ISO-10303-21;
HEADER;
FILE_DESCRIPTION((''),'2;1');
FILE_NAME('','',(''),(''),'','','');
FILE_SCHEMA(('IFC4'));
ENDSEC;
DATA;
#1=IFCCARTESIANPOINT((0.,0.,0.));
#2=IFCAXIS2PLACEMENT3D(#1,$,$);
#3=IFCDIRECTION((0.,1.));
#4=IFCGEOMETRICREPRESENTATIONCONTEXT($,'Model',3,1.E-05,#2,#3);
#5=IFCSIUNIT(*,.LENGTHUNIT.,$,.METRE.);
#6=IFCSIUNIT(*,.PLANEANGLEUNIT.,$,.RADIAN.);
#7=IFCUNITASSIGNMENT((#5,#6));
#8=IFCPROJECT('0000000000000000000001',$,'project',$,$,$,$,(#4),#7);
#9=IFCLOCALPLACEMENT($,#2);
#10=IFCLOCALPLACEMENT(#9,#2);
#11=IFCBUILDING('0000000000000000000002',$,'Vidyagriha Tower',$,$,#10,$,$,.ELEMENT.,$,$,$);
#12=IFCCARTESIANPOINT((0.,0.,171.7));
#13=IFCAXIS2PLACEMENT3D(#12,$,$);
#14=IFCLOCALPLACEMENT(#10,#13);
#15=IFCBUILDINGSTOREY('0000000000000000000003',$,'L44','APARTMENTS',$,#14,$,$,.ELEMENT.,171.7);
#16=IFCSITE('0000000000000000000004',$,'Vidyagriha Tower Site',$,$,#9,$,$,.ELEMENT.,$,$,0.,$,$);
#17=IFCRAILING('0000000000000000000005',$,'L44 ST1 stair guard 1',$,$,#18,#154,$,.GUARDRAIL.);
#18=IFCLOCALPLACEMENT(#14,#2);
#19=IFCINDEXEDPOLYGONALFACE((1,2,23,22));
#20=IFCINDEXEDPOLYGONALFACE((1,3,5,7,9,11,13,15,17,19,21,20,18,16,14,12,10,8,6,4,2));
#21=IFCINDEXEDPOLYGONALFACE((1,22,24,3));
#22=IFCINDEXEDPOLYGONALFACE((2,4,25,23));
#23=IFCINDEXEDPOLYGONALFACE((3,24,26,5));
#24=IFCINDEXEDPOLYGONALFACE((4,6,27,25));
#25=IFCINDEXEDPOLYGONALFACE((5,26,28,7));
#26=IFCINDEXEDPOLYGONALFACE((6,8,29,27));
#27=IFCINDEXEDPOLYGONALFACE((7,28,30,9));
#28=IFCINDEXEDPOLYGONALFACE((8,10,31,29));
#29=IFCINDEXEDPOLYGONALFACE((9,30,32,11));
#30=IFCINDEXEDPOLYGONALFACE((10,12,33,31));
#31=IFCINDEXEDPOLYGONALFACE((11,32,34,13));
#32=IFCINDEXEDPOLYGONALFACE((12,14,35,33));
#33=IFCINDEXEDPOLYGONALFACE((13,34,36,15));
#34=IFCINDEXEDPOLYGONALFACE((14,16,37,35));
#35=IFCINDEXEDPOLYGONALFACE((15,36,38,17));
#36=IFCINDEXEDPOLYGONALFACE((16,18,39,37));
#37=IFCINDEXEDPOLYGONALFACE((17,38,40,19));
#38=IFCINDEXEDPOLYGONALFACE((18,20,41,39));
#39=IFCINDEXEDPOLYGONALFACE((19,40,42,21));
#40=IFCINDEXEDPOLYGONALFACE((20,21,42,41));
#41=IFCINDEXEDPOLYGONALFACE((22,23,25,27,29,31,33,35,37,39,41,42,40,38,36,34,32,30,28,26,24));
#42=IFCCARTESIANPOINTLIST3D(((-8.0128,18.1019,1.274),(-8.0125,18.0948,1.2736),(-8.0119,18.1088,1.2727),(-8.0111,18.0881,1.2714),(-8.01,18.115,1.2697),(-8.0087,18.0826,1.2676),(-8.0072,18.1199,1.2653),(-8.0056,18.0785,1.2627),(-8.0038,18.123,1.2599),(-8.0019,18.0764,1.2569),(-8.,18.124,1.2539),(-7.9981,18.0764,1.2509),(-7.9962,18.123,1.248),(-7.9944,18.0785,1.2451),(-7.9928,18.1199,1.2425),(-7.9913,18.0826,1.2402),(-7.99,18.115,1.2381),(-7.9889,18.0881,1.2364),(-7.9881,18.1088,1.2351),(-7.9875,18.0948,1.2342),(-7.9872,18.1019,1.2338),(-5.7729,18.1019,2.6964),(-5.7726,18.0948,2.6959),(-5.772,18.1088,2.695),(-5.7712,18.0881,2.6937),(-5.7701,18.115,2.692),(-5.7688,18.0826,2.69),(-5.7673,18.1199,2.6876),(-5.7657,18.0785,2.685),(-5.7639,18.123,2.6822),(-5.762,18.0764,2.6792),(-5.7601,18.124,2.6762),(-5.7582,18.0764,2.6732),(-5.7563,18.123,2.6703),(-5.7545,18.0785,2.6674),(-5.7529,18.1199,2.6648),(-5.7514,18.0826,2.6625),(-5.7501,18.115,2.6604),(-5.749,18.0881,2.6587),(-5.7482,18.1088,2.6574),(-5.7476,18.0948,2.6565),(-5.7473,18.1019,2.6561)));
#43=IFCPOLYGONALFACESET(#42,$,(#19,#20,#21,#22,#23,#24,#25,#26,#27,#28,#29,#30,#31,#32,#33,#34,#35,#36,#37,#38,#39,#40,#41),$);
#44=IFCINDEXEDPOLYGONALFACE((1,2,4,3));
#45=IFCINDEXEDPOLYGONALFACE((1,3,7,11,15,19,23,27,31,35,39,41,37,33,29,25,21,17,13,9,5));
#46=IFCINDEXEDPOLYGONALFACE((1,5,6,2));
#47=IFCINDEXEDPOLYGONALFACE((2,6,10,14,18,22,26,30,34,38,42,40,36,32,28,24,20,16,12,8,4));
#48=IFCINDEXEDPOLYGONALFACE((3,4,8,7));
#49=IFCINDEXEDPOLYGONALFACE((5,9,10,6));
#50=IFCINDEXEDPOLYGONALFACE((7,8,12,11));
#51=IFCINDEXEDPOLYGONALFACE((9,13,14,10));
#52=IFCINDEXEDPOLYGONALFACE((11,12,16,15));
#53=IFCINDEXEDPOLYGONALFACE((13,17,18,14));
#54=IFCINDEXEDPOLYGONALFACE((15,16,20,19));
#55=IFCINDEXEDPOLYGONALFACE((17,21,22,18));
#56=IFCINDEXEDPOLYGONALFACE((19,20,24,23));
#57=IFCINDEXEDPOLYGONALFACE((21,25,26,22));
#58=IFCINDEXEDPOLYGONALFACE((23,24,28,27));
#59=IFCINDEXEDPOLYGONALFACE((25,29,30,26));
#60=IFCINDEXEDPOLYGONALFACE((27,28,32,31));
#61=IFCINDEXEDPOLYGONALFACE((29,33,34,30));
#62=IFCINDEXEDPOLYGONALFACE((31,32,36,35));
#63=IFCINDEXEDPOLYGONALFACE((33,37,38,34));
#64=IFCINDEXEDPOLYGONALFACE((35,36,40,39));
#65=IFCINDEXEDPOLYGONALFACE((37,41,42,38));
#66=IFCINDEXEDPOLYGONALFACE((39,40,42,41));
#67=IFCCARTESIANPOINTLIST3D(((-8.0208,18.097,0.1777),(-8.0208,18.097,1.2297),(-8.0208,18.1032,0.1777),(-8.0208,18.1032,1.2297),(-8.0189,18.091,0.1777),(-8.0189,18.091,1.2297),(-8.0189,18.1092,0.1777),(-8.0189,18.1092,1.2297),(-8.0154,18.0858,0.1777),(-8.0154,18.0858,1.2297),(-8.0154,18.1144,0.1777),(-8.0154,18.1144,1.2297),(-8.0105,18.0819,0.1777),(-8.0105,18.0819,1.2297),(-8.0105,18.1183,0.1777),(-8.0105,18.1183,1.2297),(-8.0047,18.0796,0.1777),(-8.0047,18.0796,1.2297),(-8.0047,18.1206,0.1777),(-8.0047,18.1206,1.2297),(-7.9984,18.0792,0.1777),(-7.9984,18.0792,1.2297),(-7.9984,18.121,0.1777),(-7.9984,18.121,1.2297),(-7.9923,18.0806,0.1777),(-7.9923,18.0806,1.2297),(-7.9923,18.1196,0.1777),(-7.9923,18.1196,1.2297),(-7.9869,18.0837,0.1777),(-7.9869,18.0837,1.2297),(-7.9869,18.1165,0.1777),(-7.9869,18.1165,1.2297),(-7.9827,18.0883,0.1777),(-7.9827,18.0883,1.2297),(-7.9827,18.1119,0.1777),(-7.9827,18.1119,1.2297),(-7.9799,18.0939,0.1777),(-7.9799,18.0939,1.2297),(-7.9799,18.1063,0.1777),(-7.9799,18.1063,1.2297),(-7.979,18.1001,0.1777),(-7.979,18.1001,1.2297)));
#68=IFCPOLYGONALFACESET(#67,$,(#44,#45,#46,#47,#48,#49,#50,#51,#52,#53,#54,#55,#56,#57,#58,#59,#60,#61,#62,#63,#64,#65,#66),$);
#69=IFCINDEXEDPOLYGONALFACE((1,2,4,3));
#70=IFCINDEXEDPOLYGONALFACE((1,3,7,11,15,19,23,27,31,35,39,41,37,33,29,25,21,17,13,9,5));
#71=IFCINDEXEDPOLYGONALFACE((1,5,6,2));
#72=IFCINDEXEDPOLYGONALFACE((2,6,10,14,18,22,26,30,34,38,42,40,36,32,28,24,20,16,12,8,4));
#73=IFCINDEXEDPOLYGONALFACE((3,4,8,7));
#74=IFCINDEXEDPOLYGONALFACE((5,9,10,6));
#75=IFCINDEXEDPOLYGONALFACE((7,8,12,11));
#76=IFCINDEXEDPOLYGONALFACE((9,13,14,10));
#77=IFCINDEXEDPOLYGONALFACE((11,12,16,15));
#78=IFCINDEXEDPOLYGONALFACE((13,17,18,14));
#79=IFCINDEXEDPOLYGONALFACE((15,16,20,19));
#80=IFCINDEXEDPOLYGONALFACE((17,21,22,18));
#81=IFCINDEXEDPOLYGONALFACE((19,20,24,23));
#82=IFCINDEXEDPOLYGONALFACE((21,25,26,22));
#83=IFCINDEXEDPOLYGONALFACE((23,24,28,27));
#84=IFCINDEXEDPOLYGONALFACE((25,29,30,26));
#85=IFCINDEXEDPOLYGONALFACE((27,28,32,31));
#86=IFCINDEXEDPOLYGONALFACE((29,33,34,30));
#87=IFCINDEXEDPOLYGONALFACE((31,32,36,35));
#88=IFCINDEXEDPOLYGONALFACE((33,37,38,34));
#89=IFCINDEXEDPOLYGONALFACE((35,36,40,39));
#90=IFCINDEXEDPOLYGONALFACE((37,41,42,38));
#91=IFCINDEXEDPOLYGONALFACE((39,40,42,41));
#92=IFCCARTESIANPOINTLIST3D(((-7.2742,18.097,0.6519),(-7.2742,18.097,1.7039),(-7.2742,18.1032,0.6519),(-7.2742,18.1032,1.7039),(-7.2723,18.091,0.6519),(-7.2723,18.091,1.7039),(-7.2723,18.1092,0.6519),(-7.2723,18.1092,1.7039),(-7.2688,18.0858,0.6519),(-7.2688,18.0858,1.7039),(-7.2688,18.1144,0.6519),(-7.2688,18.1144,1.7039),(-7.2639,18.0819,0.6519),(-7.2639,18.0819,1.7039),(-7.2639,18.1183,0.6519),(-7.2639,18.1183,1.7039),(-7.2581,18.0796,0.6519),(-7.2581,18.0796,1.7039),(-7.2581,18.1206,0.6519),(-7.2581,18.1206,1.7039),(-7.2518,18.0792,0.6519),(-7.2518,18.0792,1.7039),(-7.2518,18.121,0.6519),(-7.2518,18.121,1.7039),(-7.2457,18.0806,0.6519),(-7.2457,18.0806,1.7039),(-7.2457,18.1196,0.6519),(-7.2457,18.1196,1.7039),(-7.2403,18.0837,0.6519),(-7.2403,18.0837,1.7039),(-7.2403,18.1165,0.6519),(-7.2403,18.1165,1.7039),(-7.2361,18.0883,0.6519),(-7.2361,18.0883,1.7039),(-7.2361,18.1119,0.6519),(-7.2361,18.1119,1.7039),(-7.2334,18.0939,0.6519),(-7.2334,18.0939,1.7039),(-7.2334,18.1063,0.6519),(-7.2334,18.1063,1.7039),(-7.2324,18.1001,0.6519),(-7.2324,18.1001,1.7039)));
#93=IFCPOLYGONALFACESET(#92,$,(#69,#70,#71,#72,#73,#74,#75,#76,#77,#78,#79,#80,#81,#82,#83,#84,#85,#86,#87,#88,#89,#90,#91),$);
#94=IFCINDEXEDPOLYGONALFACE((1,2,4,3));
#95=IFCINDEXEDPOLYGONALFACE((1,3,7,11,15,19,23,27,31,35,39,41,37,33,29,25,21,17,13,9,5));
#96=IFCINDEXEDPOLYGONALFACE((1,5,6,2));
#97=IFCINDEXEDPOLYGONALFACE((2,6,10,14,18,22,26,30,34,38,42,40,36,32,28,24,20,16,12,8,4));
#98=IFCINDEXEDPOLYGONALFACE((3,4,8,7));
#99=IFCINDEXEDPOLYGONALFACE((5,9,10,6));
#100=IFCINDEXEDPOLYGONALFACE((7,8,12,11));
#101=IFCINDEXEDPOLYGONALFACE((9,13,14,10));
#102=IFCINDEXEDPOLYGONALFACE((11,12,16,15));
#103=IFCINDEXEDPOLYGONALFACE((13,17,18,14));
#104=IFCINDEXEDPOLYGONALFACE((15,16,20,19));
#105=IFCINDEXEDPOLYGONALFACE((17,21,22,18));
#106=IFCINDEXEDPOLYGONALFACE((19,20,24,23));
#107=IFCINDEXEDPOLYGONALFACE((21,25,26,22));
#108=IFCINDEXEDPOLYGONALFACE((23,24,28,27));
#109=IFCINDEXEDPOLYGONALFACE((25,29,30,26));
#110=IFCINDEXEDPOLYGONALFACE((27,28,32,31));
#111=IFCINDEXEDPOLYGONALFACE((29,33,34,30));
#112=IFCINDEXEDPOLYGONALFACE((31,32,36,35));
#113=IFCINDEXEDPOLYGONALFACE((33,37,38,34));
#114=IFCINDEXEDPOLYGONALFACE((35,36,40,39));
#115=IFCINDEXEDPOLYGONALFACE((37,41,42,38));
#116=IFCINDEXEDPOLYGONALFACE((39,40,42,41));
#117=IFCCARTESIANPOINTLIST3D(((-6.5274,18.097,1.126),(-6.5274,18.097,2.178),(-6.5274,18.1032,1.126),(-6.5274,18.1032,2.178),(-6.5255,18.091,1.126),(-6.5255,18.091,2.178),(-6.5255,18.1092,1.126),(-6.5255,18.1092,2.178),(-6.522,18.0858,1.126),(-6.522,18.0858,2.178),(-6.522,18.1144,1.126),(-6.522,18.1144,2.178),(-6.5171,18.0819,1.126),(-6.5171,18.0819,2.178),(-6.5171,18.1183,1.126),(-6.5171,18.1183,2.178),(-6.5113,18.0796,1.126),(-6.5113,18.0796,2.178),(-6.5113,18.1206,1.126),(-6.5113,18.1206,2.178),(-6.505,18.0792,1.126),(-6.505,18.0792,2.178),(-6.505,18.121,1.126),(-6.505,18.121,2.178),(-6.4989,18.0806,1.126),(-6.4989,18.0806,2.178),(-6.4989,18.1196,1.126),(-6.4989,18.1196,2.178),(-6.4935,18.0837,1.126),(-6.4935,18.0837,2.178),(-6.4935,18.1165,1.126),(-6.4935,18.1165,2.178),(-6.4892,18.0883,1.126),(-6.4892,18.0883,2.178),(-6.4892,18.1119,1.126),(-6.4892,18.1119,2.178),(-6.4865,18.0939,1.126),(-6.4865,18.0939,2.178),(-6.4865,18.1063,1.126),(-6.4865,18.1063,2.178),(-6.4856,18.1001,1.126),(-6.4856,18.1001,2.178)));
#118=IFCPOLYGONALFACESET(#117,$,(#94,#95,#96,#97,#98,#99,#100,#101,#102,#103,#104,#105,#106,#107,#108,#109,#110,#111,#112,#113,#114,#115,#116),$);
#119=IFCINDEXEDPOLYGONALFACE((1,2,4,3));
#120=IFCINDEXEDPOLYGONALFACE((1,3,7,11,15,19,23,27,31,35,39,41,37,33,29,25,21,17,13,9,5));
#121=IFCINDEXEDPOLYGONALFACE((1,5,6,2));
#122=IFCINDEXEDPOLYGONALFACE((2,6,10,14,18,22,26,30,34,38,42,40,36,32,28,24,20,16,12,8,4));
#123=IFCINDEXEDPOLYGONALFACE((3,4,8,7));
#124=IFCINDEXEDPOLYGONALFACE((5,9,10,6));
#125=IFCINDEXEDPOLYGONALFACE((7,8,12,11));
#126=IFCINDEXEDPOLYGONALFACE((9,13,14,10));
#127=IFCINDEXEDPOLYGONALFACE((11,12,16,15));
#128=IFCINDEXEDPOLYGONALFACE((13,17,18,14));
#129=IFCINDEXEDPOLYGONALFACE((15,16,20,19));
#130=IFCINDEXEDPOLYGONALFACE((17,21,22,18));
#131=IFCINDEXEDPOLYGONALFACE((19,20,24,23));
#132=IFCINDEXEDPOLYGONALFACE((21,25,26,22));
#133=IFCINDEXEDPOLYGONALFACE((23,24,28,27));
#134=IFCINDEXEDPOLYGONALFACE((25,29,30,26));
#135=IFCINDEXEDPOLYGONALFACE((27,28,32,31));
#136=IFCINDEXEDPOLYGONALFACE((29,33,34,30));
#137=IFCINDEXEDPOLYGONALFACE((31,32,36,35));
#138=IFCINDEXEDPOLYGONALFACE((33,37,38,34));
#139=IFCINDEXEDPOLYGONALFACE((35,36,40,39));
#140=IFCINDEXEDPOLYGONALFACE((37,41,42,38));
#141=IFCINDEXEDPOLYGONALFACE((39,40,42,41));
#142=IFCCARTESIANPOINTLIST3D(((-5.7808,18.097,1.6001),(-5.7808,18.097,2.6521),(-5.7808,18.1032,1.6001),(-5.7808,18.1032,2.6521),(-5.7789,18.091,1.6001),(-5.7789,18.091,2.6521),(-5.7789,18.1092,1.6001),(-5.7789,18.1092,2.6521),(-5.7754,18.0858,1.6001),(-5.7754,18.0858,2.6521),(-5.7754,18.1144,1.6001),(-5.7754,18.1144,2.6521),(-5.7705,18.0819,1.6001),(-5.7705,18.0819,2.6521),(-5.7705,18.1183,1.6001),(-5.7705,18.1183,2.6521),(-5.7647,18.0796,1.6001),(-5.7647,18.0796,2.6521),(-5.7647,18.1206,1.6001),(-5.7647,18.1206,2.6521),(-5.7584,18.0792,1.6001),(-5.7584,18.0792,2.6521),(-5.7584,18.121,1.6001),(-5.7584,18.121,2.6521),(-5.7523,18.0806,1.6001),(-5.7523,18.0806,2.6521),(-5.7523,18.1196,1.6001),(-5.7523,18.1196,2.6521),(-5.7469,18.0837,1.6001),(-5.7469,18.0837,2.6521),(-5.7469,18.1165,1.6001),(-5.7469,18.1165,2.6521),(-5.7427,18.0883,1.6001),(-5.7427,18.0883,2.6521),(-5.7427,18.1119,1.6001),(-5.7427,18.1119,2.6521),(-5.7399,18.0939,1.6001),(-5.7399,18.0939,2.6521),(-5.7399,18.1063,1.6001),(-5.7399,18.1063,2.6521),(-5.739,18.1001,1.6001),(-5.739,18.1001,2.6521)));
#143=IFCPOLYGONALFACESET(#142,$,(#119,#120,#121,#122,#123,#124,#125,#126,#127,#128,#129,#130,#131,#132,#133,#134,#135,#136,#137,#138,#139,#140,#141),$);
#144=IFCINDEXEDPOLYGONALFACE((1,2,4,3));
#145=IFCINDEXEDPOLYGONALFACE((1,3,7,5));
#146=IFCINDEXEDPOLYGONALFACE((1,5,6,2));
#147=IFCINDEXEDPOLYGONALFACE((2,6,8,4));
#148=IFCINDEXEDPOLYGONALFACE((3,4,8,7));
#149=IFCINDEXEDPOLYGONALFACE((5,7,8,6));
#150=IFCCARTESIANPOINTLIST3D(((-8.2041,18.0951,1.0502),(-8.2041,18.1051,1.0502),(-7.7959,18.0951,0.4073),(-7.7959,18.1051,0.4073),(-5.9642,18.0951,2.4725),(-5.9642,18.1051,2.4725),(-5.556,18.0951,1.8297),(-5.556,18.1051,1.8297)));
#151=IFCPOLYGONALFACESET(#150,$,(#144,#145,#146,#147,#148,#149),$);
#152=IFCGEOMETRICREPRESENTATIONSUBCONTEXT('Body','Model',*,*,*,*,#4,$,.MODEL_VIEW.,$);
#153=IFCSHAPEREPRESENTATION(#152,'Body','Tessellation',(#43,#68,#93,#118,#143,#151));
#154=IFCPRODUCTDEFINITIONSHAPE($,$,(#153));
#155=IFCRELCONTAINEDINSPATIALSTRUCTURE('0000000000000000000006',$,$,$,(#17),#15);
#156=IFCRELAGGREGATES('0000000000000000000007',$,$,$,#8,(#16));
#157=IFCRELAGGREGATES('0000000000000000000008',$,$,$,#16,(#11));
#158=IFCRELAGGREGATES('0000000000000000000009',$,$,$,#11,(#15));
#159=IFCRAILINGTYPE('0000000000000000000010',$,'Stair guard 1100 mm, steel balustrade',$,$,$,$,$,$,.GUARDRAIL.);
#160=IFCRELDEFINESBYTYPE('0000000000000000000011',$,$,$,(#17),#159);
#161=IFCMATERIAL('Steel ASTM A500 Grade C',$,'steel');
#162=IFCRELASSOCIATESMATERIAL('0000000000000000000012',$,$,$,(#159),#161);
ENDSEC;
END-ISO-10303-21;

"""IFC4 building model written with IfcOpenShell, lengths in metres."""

from ifc_helpers import new_model, si_unit, direction, frame, origin, origin_2d, place, context, subcontext, project, spatial, rectangle, circle, extrude, material, type_object, element, save


model = new_model("IFC4")

# Units and contexts
model_context = context("Model", 3, precision=1e-05, world=origin(), true_north=direction((0.0, 1.0)))
body_context = subcontext(model_context, "Body", "Model", "MODEL_VIEW")
ifc_project = project(units=[si_unit("LENGTHUNIT", "METRE"), si_unit("PLANEANGLEUNIT", "RADIAN")], contexts=[model_context])

# Site, building, storey
site_placement = place(None, origin())
site = spatial("IfcSite", under=ifc_project, at=site_placement, Name="Vidyagriha Tower Site", CompositionType="ELEMENT", RefElevation=0.0)
building_placement = place(site_placement, origin())
building = spatial("IfcBuilding", under=site, at=building_placement, Name="Vidyagriha Tower", CompositionType="ELEMENT")
storey_placement = place(building_placement, frame((0.0, 0.0, 171.7)))
storey = spatial("IfcBuildingStorey", under=building, at=storey_placement, Name="L44", Description="APARTMENTS", CompositionType="ELEMENT", Elevation=171.7)

# Railing
ifc_material_1 = material(Name="Steel ASTM A500 Grade C", Category="steel")
railing_type_1 = type_object("IfcRailingType", Name="Stair guard 1100 mm, steel balustrade", PredefinedType="GUARDRAIL", material=ifc_material_1)
railing_1_placement = place(storey_placement, frame((-8.0, 18.1001, 0.1777)))
element("IfcRailing", 1, at=railing_1_placement, inside=storey, type_object=railing_type_1, Name="L44 ST1 stair guard 1", PredefinedType="GUARDRAIL", context=body_context, shape_type="SweptSolid", body=[
    extrude(circle(Radius=0.0239, at=origin_2d()), frame((0.0, 0.0, 1.0762), z_axis=(0.844188, 0.0, 0.536048), x_axis=(0.0, 1.0, 0.0)), (0.0, 0.0, 1.0), 2.6533),
    extrude(circle(Radius=0.021, at=origin_2d()), origin(), (0.0, 0.0, 1.0), 1.052),
    extrude(circle(Radius=0.021, at=origin_2d()), frame((0.7466, 0.0, 0.4741)), (0.0, 0.0, 1.0), 1.052),
    extrude(circle(Radius=0.021, at=origin_2d()), frame((1.4934, 0.0, 0.9482)), (0.0, 0.0, 1.0), 1.052),
    extrude(circle(Radius=0.021, at=origin_2d()), frame((2.24, 0.0, 1.4224)), (0.0, 0.0, 1.0), 1.052),
    extrude(rectangle(XDim=0.01, YDim=0.7615, at=origin_2d()), frame((0.0, 0.0, 0.551), z_axis=(0.844188, 0.0, 0.536048), x_axis=(0.0, 1.0, 0.0)), (0.0, 0.0, 1.0), 2.6533),
])

save(model, "model.ifc")
